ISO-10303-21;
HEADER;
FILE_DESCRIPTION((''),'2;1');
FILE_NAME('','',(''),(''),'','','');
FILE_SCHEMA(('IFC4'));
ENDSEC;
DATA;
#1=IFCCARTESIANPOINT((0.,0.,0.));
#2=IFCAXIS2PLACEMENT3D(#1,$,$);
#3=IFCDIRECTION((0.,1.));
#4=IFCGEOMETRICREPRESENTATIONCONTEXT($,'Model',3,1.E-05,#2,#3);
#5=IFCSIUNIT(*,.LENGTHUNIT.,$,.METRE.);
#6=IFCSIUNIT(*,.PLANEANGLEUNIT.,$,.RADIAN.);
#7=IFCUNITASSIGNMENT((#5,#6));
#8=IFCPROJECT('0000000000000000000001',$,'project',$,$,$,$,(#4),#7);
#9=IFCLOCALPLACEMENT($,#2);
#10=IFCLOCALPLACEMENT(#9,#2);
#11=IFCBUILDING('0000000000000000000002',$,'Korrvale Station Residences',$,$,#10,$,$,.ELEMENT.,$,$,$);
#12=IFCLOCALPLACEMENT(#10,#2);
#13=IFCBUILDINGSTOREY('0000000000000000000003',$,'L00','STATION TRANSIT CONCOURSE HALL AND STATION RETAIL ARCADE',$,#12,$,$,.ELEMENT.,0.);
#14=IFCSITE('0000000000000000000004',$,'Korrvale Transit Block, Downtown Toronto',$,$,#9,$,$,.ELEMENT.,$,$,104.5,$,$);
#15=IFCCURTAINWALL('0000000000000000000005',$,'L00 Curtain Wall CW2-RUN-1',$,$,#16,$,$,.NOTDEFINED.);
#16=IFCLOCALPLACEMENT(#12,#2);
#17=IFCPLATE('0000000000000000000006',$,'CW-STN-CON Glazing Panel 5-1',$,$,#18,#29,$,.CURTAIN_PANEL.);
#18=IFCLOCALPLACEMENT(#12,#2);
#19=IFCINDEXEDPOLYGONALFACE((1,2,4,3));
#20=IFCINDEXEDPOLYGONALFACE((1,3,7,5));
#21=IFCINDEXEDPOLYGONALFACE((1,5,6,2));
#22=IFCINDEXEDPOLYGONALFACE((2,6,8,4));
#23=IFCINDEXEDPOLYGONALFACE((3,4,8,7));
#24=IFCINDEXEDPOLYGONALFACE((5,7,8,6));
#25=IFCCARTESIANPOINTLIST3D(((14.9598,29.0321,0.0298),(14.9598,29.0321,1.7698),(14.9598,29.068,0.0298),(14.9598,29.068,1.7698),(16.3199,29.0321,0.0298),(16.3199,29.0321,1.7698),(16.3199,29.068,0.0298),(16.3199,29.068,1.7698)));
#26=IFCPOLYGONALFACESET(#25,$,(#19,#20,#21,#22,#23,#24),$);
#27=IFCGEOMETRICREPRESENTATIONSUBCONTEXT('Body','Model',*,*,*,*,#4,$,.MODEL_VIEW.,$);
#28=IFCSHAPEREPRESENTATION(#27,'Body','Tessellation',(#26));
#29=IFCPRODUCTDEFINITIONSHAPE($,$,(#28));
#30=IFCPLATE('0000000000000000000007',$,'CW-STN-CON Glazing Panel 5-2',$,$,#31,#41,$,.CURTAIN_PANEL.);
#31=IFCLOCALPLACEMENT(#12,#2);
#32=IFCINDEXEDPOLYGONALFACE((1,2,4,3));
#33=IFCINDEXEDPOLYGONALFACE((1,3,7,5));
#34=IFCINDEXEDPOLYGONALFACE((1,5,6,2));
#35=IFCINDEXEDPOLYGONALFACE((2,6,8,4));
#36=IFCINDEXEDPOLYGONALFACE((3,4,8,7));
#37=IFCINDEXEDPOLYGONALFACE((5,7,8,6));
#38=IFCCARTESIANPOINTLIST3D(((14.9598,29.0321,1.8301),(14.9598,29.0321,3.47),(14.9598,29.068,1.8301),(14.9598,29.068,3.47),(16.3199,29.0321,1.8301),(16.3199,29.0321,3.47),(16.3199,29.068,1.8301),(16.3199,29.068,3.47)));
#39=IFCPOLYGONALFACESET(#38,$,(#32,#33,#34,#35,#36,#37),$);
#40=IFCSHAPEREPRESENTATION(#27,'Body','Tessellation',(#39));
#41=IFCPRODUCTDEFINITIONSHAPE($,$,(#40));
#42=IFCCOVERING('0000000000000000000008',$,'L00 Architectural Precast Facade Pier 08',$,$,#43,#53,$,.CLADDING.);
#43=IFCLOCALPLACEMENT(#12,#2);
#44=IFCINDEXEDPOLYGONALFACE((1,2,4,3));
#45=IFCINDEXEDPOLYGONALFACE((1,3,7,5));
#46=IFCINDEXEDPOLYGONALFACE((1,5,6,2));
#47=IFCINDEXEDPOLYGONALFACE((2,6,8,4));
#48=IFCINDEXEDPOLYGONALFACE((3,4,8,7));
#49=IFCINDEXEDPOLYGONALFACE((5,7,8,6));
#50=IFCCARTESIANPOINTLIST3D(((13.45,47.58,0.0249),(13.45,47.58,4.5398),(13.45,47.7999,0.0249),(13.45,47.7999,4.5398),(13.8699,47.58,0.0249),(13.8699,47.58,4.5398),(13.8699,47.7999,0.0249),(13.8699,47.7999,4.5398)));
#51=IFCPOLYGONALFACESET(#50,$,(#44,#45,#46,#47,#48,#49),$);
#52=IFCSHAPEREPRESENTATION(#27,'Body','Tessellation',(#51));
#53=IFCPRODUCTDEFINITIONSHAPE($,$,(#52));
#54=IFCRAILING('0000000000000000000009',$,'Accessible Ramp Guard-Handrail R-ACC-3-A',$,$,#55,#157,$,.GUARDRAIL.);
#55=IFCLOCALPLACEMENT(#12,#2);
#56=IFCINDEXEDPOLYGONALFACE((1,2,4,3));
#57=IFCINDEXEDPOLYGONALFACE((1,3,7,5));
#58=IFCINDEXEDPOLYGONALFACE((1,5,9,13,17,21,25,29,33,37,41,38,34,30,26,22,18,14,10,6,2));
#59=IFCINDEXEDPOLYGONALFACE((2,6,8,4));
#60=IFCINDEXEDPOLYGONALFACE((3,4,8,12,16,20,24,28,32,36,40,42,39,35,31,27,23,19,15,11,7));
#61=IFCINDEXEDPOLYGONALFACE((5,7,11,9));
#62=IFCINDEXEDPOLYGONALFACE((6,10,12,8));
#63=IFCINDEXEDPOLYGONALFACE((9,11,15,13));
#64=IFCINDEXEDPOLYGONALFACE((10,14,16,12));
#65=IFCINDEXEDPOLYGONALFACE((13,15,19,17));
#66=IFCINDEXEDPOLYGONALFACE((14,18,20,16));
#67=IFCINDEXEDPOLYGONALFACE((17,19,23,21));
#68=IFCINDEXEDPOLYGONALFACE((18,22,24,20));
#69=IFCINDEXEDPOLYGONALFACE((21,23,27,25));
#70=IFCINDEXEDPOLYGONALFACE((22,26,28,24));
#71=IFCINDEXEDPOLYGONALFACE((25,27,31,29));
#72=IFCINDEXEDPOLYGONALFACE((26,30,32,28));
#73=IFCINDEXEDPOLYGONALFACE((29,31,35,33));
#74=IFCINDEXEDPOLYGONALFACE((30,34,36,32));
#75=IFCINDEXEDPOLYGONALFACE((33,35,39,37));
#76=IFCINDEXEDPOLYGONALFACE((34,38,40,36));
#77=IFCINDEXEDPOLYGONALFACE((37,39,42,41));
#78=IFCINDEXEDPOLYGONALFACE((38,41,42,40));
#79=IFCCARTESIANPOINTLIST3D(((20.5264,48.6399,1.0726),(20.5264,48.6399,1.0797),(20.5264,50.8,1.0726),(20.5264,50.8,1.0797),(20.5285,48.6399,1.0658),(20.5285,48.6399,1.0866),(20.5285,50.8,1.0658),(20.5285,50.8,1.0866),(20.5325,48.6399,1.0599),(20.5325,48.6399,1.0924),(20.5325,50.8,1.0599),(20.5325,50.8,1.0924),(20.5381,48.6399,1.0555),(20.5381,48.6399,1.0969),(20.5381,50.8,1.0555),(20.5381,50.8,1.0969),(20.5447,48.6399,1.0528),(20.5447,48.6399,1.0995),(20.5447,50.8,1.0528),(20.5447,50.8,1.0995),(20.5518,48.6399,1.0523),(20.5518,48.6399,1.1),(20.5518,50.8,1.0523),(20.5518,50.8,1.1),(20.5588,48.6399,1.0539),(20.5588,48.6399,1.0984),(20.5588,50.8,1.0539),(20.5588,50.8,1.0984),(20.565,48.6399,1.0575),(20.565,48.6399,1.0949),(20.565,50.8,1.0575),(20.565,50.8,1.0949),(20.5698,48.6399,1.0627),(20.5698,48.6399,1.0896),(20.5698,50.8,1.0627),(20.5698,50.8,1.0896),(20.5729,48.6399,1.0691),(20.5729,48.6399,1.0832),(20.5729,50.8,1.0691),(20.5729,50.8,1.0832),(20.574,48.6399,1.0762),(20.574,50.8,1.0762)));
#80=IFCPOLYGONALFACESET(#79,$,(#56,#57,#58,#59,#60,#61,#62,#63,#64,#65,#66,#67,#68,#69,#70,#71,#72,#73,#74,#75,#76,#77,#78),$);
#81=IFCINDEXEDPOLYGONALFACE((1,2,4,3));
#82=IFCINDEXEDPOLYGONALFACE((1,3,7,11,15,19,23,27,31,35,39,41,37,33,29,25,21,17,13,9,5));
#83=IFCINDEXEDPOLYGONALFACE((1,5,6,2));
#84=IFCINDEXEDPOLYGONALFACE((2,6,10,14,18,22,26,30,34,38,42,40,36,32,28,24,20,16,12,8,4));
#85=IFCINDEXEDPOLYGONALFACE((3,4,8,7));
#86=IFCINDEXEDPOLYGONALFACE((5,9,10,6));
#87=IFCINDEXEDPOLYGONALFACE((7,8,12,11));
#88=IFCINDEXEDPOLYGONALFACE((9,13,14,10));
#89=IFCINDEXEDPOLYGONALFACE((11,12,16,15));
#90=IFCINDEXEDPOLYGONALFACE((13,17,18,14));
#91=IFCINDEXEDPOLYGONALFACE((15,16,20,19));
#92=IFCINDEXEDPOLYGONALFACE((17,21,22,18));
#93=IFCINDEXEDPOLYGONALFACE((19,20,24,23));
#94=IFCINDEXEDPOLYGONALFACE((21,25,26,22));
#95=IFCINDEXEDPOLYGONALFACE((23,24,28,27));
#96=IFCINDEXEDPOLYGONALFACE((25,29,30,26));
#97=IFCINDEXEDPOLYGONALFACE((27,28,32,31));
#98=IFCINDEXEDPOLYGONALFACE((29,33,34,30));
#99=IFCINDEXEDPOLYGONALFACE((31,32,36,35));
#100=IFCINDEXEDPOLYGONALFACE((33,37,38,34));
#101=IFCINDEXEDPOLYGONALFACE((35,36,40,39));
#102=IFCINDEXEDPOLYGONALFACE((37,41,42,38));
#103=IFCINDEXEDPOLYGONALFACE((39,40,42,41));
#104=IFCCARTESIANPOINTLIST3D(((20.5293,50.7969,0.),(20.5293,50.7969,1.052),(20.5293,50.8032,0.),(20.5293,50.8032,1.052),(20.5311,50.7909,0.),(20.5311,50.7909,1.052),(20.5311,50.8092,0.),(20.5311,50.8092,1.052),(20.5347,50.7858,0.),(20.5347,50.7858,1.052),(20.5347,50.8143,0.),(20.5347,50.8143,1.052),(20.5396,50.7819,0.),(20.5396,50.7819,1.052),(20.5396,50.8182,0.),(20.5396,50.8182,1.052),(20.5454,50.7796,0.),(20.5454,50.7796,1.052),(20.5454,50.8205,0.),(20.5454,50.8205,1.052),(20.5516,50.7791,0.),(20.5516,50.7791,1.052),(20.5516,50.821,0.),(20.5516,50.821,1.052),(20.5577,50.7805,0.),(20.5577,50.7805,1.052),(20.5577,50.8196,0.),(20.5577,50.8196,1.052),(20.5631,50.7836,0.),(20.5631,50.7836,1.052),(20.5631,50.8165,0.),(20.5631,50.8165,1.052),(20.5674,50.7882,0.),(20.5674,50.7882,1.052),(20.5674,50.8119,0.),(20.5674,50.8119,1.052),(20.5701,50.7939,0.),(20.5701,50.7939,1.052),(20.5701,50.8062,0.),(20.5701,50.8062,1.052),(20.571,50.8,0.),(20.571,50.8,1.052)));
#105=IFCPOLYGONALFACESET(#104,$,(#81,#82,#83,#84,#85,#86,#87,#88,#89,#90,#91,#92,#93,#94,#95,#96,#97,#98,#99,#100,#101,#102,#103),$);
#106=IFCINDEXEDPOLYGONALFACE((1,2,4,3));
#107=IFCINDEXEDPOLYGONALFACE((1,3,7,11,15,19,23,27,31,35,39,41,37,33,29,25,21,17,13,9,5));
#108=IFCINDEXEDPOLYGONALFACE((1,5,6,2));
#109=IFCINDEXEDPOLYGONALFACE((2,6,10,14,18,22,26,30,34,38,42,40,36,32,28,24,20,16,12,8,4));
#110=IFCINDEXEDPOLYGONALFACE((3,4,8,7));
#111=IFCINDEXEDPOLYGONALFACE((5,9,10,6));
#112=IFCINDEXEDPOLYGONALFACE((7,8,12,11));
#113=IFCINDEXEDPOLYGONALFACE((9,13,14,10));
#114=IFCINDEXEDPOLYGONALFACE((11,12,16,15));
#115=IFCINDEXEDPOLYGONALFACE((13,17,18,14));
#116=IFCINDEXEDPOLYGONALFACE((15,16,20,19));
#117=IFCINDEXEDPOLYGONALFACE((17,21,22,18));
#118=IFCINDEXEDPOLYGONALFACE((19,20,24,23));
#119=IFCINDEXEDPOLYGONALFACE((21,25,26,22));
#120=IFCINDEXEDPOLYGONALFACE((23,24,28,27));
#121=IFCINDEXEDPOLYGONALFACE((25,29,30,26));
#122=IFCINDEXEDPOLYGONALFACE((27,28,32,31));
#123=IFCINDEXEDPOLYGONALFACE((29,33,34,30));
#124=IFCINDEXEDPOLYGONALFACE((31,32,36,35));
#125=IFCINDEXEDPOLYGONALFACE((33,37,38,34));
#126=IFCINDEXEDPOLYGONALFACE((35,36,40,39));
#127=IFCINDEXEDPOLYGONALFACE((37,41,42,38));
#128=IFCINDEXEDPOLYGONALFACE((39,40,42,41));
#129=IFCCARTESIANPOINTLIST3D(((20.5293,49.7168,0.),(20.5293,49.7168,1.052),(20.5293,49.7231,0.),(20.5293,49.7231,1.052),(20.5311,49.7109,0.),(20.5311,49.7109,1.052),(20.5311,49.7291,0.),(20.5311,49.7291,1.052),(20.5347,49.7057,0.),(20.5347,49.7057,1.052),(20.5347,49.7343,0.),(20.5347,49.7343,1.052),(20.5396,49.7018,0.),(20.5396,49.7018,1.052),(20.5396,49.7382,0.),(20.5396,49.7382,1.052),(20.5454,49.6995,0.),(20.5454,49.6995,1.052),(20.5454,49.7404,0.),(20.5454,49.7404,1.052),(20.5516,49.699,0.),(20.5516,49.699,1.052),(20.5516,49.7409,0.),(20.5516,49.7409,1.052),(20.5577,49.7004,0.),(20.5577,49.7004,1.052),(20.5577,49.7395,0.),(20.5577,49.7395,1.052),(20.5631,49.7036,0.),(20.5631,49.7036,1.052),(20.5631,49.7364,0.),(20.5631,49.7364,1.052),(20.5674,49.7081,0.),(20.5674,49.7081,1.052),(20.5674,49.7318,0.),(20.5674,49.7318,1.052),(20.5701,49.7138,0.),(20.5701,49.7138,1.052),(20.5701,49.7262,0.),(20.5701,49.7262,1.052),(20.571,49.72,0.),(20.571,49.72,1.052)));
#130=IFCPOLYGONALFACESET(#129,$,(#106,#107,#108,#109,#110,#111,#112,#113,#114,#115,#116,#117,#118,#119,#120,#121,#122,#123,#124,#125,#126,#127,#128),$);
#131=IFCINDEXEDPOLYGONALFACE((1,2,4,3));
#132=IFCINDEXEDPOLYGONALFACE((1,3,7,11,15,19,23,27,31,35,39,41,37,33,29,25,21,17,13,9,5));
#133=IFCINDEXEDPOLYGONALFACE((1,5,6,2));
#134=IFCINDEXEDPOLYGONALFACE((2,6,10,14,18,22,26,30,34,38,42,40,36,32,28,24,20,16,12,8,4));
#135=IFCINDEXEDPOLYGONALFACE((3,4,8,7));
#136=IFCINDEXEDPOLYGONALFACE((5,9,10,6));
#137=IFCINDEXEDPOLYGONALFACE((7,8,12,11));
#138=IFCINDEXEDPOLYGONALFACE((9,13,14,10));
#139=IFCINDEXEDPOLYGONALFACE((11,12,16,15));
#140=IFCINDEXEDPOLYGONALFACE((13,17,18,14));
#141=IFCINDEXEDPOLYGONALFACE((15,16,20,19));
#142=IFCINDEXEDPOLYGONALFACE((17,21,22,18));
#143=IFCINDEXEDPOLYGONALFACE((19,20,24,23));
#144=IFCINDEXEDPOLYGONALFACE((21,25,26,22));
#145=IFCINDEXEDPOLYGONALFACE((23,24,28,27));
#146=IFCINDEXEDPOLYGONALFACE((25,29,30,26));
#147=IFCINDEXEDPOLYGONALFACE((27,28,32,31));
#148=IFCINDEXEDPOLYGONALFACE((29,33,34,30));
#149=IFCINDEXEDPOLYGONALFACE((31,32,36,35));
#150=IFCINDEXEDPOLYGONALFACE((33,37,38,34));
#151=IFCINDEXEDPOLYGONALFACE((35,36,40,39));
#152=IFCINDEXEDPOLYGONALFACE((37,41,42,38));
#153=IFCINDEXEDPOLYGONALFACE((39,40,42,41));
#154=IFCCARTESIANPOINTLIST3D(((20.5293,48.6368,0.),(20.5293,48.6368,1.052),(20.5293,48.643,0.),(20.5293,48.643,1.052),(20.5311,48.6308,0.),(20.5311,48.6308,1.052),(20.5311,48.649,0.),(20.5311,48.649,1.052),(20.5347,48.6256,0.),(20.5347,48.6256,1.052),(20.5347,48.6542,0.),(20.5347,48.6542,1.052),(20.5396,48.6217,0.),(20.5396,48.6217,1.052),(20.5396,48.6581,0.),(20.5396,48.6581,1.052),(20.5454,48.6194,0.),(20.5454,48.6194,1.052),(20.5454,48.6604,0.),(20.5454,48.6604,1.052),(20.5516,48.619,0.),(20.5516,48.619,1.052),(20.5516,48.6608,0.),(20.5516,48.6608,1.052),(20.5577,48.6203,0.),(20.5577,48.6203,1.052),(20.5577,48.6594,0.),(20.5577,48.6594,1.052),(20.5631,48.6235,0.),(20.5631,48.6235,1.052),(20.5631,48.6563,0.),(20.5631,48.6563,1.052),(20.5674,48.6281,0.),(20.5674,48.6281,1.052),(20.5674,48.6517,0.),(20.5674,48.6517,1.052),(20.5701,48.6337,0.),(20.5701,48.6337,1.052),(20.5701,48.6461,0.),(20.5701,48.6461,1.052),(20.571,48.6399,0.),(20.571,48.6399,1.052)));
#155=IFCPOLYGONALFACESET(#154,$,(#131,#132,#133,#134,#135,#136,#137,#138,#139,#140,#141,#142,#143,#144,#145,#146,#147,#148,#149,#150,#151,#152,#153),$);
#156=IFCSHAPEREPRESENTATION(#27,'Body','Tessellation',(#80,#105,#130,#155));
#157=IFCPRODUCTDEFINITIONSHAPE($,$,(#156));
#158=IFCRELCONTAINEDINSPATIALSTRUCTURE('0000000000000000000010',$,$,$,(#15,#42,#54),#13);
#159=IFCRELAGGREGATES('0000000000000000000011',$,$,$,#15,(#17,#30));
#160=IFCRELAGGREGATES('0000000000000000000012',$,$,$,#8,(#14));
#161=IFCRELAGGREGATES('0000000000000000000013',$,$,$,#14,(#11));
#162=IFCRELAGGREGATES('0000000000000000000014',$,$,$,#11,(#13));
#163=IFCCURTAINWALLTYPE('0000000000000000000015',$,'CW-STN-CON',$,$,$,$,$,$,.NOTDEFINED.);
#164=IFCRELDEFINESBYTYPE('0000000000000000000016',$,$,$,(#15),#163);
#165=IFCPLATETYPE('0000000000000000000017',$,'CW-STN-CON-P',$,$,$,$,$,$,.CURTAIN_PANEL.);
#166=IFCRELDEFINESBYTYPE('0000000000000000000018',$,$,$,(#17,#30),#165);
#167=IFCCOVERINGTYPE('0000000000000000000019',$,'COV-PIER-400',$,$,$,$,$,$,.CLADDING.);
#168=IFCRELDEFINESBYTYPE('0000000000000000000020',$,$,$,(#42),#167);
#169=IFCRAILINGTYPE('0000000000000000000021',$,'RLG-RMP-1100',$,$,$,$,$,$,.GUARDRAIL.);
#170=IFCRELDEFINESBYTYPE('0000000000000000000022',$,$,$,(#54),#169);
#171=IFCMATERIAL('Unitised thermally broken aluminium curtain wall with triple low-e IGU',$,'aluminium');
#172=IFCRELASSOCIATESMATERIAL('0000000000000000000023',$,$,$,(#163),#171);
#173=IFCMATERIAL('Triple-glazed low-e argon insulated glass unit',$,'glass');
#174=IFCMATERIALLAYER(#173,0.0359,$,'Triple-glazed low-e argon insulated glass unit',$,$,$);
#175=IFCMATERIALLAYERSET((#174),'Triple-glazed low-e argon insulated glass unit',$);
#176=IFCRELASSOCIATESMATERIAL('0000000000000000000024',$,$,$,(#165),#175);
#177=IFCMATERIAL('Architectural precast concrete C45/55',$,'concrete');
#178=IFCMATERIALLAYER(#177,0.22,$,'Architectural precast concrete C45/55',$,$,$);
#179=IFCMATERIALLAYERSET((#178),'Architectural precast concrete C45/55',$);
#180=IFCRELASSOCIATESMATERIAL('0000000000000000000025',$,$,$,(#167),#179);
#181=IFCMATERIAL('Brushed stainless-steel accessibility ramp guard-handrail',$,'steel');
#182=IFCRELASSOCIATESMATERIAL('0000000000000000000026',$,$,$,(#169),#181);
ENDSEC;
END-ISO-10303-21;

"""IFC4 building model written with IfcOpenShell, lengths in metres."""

from ifc_helpers import new_model, si_unit, direction, frame, origin, origin_2d, place, context, subcontext, project, spatial, rectangle, circle, extrude, material, layer, layer_set, type_object, element, aggregate, save


model = new_model("IFC4")

# Units and contexts
model_context = context("Model", 3, precision=1e-05, world=origin(), true_north=direction((0.0, 1.0)))
body_context = subcontext(model_context, "Body", "Model", "MODEL_VIEW")
ifc_project = project(units=[si_unit("LENGTHUNIT", "METRE"), si_unit("PLANEANGLEUNIT", "RADIAN")], contexts=[model_context])

# Site, building, storey
site_placement = place(None, origin())
site = spatial("IfcSite", under=ifc_project, at=site_placement, Name="Korrvale Transit Block, Downtown Toronto", CompositionType="ELEMENT", RefElevation=104.5)
building_placement = place(site_placement, origin())
building = spatial("IfcBuilding", under=site, at=building_placement, Name="Korrvale Station Residences", CompositionType="ELEMENT")
storey_placement = place(building_placement, origin())
storey = spatial("IfcBuildingStorey", under=building, at=storey_placement, Name="L00", Description="STATION TRANSIT CONCOURSE HALL AND STATION RETAIL ARCADE", CompositionType="ELEMENT", Elevation=0.0)

# Curtain wall, plates
ifc_material_1 = material(Name="Unitised thermally broken aluminium curtain wall with triple low-e IGU", Category="aluminium")
curtain_wall_type = type_object("IfcCurtainWallType", Name="CW-STN-CON", PredefinedType="NOTDEFINED", material=ifc_material_1)
curtain_wall_placement = place(storey_placement, origin())
curtain_wall = element("IfcCurtainWall", 1, at=curtain_wall_placement, inside=storey, type_object=curtain_wall_type, Name="L00 Curtain Wall CW2-RUN-1", PredefinedType="NOTDEFINED")
ifc_material_2 = material(Name="Triple-glazed low-e argon insulated glass unit", Category="glass")
ifc_layer_1 = layer(ifc_material_2, 0.0359, Name="Triple-glazed low-e argon insulated glass unit")
ifc_layer_set_1 = layer_set([ifc_layer_1], Name="Triple-glazed low-e argon insulated glass unit")
plate_type = type_object("IfcPlateType", Name="CW-STN-CON-P", PredefinedType="CURTAIN_PANEL", material=ifc_layer_set_1)
plate_1_placement = place(storey_placement, frame((15.6399, 29.05, 0.0298), z_axis=(0.0, 0.0, 1.0), x_axis=(1.0, 0.0, 0.0)))
plate_1 = element("IfcPlate", 2, at=plate_1_placement, type_object=plate_type, Name="CW-STN-CON Glazing Panel 5-1", PredefinedType="CURTAIN_PANEL", context=body_context, shape_type="SweptSolid", body=[
    extrude(rectangle(XDim=1.3601, YDim=0.0359, at=origin_2d()), origin(), (0.0, 0.0, 1.0), 1.74),
])
plate_2_placement = place(storey_placement, frame((15.6399, 29.05, 1.8301), z_axis=(0.0, 0.0, 1.0), x_axis=(1.0, 0.0, 0.0)))
plate_2 = element("IfcPlate", 3, at=plate_2_placement, type_object=plate_type, Name="CW-STN-CON Glazing Panel 5-2", PredefinedType="CURTAIN_PANEL", context=body_context, shape_type="SweptSolid", body=[
    extrude(rectangle(XDim=1.3601, YDim=0.0359, at=origin_2d()), origin(), (0.0, 0.0, 1.0), 1.6399),
])
aggregate(curtain_wall, [plate_1, plate_2])

# Covering
ifc_material_3 = material(Name="Architectural precast concrete C45/55", Category="concrete")
ifc_layer_2 = layer(ifc_material_3, 0.22, Name="Architectural precast concrete C45/55")
ifc_layer_set_2 = layer_set([ifc_layer_2], Name="Architectural precast concrete C45/55")
covering_type = type_object("IfcCoveringType", Name="COV-PIER-400", PredefinedType="CLADDING", material=ifc_layer_set_2)
covering_placement = place(storey_placement, frame((13.6599, 47.6899, 0.0249), z_axis=(0.0, 0.0, 1.0), x_axis=(1.0, 0.0, 0.0)))
element("IfcCovering", 4, at=covering_placement, inside=storey, type_object=covering_type, Name="L00 Architectural Precast Facade Pier 08", PredefinedType="CLADDING", context=body_context, shape_type="SweptSolid", body=[
    extrude(rectangle(XDim=0.4199, YDim=0.22, at=origin_2d()), origin(), (0.0, 0.0, 1.0), 4.5149),
])

# Railing
ifc_material_4 = material(Name="Brushed stainless-steel accessibility ramp guard-handrail", Category="steel")
railing_type = type_object("IfcRailingType", Name="RLG-RMP-1100", PredefinedType="GUARDRAIL", material=ifc_material_4)
for number, where, name in (
    (5, (20.55, 50.8, 0.0), "Accessible Ramp Guard-Handrail R-ACC-3-A"),
):
    element("IfcRailing", number, at=place(storey_placement, frame(where)), inside=storey, type_object=railing_type, Name=name, PredefinedType="GUARDRAIL", context=body_context, shape_type="SweptSolid", body=[
        extrude(circle(Radius=0.0239, at=origin_2d()), frame((0.0, 0.0, 1.0762), z_axis=(0.0, -1.0, 0.0), x_axis=(1.0, 0.0, 0.0)), (0.0, 0.0, 1.0), 2.1602),
        extrude(circle(Radius=0.021, at=origin_2d()), origin(), (0.0, 0.0, 1.0), 1.052),
        extrude(circle(Radius=0.021, at=origin_2d()), frame((0.0, -1.0801, 0.0)), (0.0, 0.0, 1.0), 1.052),
        extrude(circle(Radius=0.021, at=origin_2d()), frame((0.0, -2.1602, 0.0)), (0.0, 0.0, 1.0), 1.052),
    ])

save(model, "model.ifc")
